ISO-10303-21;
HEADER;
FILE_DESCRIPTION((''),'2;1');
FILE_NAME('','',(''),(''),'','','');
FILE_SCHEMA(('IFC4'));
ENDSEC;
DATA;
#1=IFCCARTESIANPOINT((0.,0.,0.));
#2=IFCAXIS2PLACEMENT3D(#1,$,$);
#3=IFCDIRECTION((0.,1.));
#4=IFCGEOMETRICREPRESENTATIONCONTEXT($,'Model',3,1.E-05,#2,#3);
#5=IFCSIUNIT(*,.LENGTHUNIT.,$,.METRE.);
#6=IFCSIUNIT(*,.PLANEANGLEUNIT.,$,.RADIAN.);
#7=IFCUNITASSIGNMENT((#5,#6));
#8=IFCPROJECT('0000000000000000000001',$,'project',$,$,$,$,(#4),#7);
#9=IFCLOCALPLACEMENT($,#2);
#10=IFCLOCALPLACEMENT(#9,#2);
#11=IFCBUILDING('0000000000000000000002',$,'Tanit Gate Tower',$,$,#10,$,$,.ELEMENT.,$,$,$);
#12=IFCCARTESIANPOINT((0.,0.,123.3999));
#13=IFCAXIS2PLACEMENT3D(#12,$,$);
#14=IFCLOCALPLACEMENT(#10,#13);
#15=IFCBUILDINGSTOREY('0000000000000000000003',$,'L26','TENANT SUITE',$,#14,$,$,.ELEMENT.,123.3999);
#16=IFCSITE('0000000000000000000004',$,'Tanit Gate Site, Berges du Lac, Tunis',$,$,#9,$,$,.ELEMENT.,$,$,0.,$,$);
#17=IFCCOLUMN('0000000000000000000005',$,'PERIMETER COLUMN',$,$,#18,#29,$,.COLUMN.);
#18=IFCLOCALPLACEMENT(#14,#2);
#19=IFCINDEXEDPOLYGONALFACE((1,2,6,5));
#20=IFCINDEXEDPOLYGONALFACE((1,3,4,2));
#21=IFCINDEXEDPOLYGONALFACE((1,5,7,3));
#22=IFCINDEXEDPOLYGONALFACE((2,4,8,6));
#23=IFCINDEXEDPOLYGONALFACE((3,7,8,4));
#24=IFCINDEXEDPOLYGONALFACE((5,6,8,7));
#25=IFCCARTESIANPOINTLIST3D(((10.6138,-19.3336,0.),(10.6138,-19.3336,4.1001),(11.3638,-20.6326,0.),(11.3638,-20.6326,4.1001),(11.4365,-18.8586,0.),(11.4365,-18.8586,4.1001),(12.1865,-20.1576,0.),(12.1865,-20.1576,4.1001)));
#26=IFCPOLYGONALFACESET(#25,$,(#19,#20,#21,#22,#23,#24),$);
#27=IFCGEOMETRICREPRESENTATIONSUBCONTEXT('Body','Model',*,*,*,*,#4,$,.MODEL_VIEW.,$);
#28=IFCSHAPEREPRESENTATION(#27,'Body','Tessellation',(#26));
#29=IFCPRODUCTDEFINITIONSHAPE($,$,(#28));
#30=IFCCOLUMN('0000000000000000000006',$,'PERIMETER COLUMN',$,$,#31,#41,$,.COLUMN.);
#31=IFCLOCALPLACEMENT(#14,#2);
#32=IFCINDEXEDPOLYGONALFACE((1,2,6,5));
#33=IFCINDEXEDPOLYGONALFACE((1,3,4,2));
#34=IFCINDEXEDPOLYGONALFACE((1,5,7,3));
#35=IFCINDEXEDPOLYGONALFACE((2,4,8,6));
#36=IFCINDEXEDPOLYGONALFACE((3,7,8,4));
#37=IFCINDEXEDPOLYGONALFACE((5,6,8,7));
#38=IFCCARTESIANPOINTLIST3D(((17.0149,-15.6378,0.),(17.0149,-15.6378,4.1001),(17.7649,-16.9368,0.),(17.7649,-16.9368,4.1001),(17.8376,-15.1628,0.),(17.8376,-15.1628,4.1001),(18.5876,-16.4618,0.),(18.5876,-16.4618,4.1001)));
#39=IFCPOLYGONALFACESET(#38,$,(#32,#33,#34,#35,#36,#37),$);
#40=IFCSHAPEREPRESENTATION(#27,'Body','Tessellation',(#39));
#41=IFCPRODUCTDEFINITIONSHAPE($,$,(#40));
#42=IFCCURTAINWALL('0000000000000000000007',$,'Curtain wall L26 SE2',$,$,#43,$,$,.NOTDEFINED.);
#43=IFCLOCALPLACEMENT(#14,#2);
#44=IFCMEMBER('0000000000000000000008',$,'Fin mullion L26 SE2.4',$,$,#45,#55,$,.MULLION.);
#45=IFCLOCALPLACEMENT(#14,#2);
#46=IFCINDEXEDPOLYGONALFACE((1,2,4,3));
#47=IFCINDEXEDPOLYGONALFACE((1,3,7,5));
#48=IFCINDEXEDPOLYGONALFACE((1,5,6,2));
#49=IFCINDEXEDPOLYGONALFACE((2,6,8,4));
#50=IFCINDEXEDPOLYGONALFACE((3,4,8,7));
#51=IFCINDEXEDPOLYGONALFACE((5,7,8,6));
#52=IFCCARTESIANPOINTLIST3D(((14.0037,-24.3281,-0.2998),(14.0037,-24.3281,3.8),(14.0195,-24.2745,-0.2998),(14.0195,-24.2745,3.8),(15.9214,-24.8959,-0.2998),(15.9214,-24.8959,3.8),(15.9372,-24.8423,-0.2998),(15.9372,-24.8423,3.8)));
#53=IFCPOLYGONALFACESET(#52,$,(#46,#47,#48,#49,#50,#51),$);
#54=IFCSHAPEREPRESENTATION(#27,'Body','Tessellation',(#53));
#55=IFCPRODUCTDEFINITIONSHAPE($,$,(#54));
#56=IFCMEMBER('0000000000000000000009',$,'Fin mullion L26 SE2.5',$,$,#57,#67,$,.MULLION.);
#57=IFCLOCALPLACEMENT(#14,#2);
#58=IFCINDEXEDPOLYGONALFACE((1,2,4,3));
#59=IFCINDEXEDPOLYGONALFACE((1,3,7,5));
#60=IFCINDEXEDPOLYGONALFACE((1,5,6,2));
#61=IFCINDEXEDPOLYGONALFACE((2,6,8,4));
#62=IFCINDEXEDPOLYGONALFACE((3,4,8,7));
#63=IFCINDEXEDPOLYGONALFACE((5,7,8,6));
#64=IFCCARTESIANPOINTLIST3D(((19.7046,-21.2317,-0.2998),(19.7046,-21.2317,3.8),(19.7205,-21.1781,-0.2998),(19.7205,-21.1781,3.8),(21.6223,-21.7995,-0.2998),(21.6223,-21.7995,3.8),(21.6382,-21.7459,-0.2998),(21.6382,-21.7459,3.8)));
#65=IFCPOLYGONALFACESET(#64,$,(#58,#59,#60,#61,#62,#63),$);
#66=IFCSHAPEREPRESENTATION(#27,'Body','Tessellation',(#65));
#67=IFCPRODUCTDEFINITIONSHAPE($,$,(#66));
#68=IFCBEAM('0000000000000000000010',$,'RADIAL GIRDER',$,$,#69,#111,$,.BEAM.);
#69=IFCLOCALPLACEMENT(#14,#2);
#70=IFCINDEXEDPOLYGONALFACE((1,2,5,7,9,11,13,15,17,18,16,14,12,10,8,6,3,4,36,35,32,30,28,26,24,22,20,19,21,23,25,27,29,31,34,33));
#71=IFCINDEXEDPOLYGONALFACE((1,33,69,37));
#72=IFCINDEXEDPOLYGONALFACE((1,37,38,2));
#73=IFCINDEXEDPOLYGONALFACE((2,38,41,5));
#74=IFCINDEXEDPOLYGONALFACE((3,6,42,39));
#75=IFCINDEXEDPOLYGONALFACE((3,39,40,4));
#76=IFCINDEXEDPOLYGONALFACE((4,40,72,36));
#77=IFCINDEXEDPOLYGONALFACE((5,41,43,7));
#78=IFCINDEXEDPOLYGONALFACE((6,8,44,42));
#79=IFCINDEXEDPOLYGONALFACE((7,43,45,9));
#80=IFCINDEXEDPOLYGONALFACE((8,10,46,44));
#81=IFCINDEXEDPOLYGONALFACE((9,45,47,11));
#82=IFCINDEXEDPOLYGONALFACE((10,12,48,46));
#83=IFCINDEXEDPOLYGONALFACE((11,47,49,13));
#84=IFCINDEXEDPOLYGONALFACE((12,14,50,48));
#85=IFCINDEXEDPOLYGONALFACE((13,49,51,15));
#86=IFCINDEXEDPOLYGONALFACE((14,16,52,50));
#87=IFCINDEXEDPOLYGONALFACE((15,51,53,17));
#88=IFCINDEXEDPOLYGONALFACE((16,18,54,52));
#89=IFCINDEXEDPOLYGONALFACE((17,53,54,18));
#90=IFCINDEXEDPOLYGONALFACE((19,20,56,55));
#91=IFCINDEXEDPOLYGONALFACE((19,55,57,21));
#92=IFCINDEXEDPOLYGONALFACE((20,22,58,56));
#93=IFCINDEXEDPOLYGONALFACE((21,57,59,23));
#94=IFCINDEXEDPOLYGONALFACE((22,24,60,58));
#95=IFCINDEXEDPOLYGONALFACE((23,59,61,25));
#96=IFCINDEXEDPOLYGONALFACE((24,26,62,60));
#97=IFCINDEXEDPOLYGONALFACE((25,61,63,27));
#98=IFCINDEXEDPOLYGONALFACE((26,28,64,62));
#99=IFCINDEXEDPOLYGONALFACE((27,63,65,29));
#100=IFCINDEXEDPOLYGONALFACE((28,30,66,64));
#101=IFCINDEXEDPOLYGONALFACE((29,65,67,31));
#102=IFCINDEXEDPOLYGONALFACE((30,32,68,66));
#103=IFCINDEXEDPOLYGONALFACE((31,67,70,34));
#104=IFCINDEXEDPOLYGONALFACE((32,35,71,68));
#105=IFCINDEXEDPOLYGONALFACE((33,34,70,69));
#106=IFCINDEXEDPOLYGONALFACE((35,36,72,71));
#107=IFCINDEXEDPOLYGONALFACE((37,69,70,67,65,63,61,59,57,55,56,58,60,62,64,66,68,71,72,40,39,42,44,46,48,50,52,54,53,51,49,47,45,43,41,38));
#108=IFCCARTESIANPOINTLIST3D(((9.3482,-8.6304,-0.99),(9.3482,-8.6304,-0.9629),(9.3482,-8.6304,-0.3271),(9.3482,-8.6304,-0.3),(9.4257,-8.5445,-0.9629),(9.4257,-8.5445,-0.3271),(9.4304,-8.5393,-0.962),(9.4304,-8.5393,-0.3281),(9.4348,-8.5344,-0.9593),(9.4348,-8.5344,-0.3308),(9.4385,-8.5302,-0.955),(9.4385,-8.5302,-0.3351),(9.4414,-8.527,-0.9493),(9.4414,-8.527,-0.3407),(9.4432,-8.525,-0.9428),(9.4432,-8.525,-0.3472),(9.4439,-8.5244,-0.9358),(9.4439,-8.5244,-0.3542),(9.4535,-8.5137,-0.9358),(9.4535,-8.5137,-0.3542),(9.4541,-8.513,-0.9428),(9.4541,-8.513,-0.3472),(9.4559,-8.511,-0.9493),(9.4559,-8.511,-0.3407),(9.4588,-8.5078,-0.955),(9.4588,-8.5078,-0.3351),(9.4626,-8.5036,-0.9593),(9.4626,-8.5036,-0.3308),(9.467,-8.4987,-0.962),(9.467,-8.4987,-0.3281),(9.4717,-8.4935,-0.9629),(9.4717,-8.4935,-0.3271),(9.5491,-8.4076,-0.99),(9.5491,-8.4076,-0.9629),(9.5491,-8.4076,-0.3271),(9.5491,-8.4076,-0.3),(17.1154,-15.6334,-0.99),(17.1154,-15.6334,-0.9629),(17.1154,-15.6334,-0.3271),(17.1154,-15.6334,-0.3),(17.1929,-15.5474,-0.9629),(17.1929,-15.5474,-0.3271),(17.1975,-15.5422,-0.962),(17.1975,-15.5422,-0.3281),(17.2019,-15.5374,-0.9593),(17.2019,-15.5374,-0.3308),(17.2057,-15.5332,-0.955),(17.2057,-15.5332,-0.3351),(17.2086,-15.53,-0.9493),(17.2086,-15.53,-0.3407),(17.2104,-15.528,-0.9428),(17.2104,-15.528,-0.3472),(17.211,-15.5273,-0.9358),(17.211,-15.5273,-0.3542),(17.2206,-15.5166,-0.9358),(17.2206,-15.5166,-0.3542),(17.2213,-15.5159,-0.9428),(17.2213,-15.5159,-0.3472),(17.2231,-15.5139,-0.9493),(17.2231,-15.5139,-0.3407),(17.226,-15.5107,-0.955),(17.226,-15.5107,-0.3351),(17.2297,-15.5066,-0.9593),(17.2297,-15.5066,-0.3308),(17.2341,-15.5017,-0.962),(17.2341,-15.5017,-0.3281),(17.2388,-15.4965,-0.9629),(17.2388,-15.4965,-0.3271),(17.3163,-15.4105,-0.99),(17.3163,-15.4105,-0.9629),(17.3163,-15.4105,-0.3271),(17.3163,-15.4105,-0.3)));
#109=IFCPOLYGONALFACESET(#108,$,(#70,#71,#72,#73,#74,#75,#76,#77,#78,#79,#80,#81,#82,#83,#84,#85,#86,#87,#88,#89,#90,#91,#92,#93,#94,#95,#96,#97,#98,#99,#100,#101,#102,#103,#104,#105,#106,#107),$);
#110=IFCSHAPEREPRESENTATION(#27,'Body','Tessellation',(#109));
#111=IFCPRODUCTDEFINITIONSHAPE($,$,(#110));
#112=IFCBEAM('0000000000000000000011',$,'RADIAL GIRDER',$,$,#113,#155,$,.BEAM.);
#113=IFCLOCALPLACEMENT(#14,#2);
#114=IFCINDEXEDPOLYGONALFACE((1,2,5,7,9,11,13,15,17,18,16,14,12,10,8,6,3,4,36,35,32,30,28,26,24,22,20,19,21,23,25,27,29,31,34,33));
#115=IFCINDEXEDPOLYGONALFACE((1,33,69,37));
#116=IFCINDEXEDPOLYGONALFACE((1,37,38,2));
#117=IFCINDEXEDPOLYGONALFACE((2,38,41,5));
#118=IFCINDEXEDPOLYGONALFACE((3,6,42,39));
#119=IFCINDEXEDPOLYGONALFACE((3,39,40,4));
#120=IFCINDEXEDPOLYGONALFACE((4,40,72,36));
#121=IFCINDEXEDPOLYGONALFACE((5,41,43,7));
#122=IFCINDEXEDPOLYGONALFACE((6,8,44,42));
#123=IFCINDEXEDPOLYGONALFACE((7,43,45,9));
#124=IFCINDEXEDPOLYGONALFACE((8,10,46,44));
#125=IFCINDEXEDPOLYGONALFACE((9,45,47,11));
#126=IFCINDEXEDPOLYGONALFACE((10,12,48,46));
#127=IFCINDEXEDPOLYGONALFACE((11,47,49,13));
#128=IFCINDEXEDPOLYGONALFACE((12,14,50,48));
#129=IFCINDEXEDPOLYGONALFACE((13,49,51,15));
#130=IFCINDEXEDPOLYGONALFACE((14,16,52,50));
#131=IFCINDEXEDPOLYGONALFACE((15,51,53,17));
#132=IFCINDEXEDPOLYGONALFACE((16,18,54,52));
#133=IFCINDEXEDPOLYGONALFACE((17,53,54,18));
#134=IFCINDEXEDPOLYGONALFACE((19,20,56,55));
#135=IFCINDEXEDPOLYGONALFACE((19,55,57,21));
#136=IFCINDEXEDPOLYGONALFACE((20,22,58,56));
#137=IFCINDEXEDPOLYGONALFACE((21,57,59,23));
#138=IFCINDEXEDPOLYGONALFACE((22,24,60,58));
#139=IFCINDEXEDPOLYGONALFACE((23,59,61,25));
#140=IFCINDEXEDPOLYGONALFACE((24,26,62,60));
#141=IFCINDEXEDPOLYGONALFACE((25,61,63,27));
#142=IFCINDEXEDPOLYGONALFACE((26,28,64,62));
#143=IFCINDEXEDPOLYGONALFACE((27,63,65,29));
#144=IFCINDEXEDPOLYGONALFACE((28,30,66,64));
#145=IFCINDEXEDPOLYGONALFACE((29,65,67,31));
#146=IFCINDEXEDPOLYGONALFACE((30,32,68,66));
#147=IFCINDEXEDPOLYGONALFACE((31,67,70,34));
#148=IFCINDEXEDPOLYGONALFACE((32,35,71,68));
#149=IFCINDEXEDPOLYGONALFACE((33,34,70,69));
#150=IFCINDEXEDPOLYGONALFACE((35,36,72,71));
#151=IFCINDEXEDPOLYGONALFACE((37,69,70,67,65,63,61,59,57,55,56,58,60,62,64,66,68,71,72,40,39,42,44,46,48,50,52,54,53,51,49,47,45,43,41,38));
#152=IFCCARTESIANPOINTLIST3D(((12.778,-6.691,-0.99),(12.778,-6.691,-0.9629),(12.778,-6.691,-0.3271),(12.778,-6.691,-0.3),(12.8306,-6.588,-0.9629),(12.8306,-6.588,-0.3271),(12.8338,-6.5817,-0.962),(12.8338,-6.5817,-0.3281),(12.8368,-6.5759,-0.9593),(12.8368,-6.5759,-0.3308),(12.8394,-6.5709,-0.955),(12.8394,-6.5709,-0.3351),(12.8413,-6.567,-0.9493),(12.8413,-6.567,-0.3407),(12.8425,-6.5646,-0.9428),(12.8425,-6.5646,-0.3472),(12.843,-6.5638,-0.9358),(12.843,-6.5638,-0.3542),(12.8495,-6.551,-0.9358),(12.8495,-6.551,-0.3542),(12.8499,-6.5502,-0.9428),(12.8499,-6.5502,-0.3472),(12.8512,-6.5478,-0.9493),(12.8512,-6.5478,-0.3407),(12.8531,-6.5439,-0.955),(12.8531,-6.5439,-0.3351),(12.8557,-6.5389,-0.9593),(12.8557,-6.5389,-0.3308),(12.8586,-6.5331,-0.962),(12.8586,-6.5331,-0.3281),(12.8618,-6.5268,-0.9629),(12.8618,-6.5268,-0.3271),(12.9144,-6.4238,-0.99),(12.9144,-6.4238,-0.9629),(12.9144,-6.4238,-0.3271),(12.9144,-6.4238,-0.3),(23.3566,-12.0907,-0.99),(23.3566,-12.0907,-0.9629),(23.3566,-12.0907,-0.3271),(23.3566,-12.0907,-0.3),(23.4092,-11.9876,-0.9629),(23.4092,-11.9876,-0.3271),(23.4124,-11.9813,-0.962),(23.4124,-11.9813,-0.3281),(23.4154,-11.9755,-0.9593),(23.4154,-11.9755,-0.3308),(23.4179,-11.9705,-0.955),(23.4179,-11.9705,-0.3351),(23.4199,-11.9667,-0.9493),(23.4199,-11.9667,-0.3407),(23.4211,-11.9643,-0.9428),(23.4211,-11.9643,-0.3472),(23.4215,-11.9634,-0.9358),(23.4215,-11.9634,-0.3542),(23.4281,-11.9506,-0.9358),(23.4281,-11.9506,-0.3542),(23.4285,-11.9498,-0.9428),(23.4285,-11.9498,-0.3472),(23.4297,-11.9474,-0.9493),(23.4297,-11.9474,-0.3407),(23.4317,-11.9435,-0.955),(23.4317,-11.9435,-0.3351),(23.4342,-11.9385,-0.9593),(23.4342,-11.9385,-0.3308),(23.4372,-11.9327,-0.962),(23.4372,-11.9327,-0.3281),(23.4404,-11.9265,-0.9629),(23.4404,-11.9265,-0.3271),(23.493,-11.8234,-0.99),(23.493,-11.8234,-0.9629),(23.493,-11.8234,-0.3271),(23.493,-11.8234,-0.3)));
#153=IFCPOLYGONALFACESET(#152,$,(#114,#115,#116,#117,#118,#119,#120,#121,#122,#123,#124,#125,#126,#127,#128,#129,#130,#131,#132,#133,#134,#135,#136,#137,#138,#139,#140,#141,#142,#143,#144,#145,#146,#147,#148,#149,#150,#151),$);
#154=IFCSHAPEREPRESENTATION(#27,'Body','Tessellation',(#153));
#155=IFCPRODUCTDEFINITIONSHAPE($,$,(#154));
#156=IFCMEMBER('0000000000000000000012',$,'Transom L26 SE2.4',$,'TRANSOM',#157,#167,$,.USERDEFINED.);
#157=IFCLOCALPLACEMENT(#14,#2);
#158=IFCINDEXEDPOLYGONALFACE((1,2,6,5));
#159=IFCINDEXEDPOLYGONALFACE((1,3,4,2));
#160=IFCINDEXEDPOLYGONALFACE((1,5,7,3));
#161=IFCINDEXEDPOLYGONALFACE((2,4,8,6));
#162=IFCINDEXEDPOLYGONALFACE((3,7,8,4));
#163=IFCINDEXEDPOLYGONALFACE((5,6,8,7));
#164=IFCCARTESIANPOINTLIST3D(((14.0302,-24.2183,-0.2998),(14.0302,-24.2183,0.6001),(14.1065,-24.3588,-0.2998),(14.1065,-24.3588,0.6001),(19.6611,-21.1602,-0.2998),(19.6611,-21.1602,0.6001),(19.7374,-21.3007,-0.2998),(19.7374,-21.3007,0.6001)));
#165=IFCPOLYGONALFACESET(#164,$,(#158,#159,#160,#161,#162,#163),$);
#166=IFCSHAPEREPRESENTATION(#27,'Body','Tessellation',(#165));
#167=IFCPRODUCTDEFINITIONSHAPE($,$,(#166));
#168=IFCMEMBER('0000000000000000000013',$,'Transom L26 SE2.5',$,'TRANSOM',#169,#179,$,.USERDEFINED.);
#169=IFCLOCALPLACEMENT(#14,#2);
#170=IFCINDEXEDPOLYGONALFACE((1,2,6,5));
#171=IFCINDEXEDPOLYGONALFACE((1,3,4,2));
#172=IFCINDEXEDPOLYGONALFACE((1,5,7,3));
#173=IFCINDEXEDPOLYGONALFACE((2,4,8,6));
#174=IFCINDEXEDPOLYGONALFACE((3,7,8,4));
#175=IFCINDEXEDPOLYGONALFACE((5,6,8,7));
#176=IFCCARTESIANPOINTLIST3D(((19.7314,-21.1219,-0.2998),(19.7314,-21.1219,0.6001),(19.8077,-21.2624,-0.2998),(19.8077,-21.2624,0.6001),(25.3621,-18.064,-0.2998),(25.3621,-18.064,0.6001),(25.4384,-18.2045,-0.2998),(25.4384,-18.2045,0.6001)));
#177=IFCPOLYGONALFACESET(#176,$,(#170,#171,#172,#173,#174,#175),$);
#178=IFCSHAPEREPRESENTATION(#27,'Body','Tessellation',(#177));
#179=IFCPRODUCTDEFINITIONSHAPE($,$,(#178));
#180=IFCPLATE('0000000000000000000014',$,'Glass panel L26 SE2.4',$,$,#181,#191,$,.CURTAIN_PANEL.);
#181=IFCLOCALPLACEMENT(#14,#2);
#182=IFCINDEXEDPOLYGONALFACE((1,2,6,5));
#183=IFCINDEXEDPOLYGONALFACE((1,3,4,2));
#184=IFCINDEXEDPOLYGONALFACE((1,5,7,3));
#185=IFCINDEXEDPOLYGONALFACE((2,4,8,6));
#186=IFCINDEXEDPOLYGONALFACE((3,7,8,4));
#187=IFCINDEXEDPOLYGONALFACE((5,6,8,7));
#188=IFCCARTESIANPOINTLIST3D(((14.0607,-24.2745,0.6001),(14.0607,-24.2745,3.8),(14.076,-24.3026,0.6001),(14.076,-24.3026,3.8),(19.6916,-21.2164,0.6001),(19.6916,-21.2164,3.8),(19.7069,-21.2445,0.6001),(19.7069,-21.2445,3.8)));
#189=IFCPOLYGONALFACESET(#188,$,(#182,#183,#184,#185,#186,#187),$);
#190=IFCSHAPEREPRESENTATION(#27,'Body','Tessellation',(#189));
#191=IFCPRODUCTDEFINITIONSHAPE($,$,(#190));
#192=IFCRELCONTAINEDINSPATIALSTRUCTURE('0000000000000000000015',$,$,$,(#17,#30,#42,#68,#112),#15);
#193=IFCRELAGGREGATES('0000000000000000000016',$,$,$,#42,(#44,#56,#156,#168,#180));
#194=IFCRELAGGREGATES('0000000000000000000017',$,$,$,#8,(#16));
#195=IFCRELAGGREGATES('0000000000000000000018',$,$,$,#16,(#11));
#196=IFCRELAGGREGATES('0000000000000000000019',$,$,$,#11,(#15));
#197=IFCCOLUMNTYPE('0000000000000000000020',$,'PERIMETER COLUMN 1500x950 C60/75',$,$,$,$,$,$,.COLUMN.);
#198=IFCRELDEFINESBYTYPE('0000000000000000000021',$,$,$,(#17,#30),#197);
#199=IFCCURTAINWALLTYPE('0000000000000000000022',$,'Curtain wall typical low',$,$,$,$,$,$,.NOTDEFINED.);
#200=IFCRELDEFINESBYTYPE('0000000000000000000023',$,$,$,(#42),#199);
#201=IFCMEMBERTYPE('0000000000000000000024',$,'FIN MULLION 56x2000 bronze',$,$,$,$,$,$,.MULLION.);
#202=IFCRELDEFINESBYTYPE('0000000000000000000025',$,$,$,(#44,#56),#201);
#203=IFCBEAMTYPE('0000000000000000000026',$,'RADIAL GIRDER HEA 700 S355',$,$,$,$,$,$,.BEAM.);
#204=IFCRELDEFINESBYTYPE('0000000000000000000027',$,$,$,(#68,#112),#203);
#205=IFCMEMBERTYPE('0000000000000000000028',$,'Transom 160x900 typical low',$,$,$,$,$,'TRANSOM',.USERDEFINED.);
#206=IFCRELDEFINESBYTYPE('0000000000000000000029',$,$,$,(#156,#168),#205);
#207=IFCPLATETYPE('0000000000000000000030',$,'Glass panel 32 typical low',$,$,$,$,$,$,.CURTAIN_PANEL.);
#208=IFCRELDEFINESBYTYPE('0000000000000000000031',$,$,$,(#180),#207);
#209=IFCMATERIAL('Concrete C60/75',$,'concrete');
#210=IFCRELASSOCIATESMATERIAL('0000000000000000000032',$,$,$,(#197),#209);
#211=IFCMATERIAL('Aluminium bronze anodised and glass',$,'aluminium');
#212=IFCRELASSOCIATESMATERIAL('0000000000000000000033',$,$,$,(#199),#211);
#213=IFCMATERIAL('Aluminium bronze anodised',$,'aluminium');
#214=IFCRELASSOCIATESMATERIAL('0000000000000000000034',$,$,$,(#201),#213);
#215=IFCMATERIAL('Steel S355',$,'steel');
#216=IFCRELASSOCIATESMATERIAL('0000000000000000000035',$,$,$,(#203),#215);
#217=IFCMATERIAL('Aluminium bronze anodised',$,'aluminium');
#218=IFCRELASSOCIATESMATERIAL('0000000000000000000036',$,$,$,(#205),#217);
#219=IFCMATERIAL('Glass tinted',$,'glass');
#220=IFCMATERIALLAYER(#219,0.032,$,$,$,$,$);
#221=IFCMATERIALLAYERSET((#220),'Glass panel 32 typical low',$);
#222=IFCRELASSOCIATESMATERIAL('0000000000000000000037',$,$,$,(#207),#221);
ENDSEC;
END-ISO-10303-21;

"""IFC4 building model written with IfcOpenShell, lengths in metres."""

from ifc_helpers import new_model, si_unit, direction, frame, origin, origin_2d, place, context, subcontext, project, spatial, rectangle, i_section, extrude, material, layer, layer_set, material_profile, profile_set, type_object, element, aggregate, save


model = new_model("IFC4")

# Units and contexts
model_context = context("Model", 3, precision=1e-05, world=origin(), true_north=direction((0.0, 1.0)))
body_context = subcontext(model_context, "Body", "Model", "MODEL_VIEW")
ifc_project = project(units=[si_unit("LENGTHUNIT", "METRE"), si_unit("PLANEANGLEUNIT", "RADIAN")], contexts=[model_context])

# Site, building, storey
site_placement = place(None, origin())
site = spatial("IfcSite", under=ifc_project, at=site_placement, Name="Tanit Gate Site, Berges du Lac, Tunis", CompositionType="ELEMENT", RefElevation=0.0)
building_placement = place(site_placement, origin())
building = spatial("IfcBuilding", under=site, at=building_placement, Name="Tanit Gate Tower", CompositionType="ELEMENT")
storey_placement = place(building_placement, frame((0.0, 0.0, 123.3999)))
storey = spatial("IfcBuildingStorey", under=building, at=storey_placement, Name="L26", Description="TENANT SUITE", CompositionType="ELEMENT", Elevation=123.3999)

# Columns
ifc_material_1 = material(Name="Concrete C60/75", Category="concrete")
ifc_material_profile_1 = material_profile(ifc_material_1, rectangle(XDim=1.5, YDim=0.95, at=origin_2d()), Name="RC 1500x950")
ifc_profile_set_1 = profile_set([ifc_material_profile_1], Name="Concrete C60/75")
column_type = type_object("IfcColumnType", Name="PERIMETER COLUMN 1500x950 C60/75", PredefinedType="COLUMN", material=ifc_profile_set_1)
for number, where, z_axis, x_axis, name in (
    (1, (11.4001, -19.7456, 0.0), (0.0, 0.0, 1.0), (0.5, -0.866025, 0.0), "PERIMETER COLUMN"),
    (2, (17.8013, -16.0498, 0.0), (0.0, 0.0, 1.0), (0.5, -0.866025, 0.0), "PERIMETER COLUMN"),
):
    element("IfcColumn", number, at=place(storey_placement, frame(where, z_axis=z_axis, x_axis=x_axis)), inside=storey, type_object=column_type, Name=name, PredefinedType="COLUMN", context=body_context, shape_type="SweptSolid", body=[
        extrude(rectangle(XDim=1.5, YDim=0.95, at=origin_2d()), origin(), (0.0, 0.0, 1.0), 4.1001),
    ])

# Curtain wall, members
ifc_material_2 = material(Name="Aluminium bronze anodised and glass", Category="aluminium")
curtain_wall_type = type_object("IfcCurtainWallType", Name="Curtain wall typical low", PredefinedType="NOTDEFINED", material=ifc_material_2)
curtain_wall_placement = place(storey_placement, origin())
curtain_wall = element("IfcCurtainWall", 3, at=curtain_wall_placement, inside=storey, type_object=curtain_wall_type, Name="Curtain wall L26 SE2", PredefinedType="NOTDEFINED")
ifc_material_3 = material(Name="Aluminium bronze anodised", Category="aluminium")
ifc_material_profile_2 = material_profile(ifc_material_3, rectangle(XDim=2.0, YDim=0.0559, at=origin_2d()), Name="56x2000 bronze fin mullion")
ifc_profile_set_2 = profile_set([ifc_material_profile_2], Name="Aluminium bronze anodised")
member_type_1 = type_object("IfcMemberType", Name="FIN MULLION 56x2000 bronze", PredefinedType="MULLION", material=ifc_profile_set_2)
member_1_placement = place(storey_placement, frame((14.9705, -24.5852, -0.2998), z_axis=(0.0, 0.0, 1.0), x_axis=(-0.958852, 0.283906, 0.0)))
member_1 = element("IfcMember", 4, at=member_1_placement, type_object=member_type_1, Name="Fin mullion L26 SE2.4", PredefinedType="MULLION", context=body_context, shape_type="SweptSolid", body=[
    extrude(rectangle(XDim=2.0, YDim=0.0559, at=origin_2d()), origin(), (0.0, 0.0, 1.0), 4.0999),
])
member_2_placement = place(storey_placement, frame((20.6714, -21.4888, -0.2998), z_axis=(0.0, 0.0, 1.0), x_axis=(-0.958852, 0.283906, 0.0)))
member_2 = element("IfcMember", 5, at=member_2_placement, type_object=member_type_1, Name="Fin mullion L26 SE2.5", PredefinedType="MULLION", context=body_context, shape_type="SweptSolid", body=[
    extrude(rectangle(XDim=2.0, YDim=0.0559, at=origin_2d()), origin(), (0.0, 0.0, 1.0), 4.0999),
])

# Beams
ifc_material_4 = material(Name="Steel S355", Category="steel")
ifc_material_profile_3 = material_profile(ifc_material_4, i_section(OverallWidth=0.3, OverallDepth=0.6899, WebThickness=0.0144, FlangeThickness=0.0271, FilletRadius=0.0271, at=origin_2d()), Name="HEA 700")
ifc_profile_set_3 = profile_set([ifc_material_profile_3], Name="Steel S355")
beam_type = type_object("IfcBeamType", Name="RADIAL GIRDER HEA 700 S355", PredefinedType="BEAM", material=ifc_profile_set_3)
beam_1_placement = place(storey_placement, frame((17.2158, -15.522, -0.645), z_axis=(-0.742697, 0.669627, 0.0), x_axis=(-0.669627, -0.742697, 0.0)))
element("IfcBeam", 6, at=beam_1_placement, inside=storey, type_object=beam_type, Name="RADIAL GIRDER", PredefinedType="BEAM", context=body_context, shape_type="SweptSolid", body=[
    extrude(i_section(OverallWidth=0.3, OverallDepth=0.6899, WebThickness=0.0144, FlangeThickness=0.0271, FilletRadius=0.0271, at=origin_2d()), origin(), (0.0, 0.0, 1.0), 10.458),
])
beam_2_placement = place(storey_placement, frame((23.4248, -11.957, -0.645), z_axis=(-0.89068, 0.454631, 0.0), x_axis=(-0.454631, -0.89068, 0.0)))
element("IfcBeam", 7, at=beam_2_placement, inside=storey, type_object=beam_type, Name="RADIAL GIRDER", PredefinedType="BEAM", context=body_context, shape_type="SweptSolid", body=[
    extrude(i_section(OverallWidth=0.3, OverallDepth=0.6899, WebThickness=0.0144, FlangeThickness=0.0271, FilletRadius=0.0271, at=origin_2d()), origin(), (0.0, 0.0, 1.0), 11.877),
])

# Members
ifc_material_5 = material(Name="Aluminium bronze anodised", Category="aluminium")
ifc_material_profile_4 = material_profile(ifc_material_5, rectangle(XDim=0.1599, YDim=0.8999, at=origin_2d()), Name="160x900 bronze transom")
ifc_profile_set_4 = profile_set([ifc_material_profile_4], Name="Aluminium bronze anodised")
member_type_2 = type_object("IfcMemberType", Name="Transom 160x900 typical low", ElementType="TRANSOM", PredefinedType="USERDEFINED", material=ifc_profile_set_4)
member_3_placement = place(storey_placement, frame((14.0684, -24.2886, 0.1501), z_axis=(0.878765, 0.477255, 0.0), x_axis=(-0.477255, 0.878765, 0.0)))
member_3 = element("IfcMember", 8, at=member_3_placement, type_object=member_type_2, Name="Transom L26 SE2.4", ObjectType="TRANSOM", PredefinedType="USERDEFINED", context=body_context, shape_type="SweptSolid", body=[
    extrude(rectangle(XDim=0.1599, YDim=0.8999, at=origin_2d()), origin(), (0.0, 0.0, 1.0), 6.4077),
])
member_4_placement = place(storey_placement, frame((19.7695, -21.1921, 0.1501), z_axis=(0.878772, 0.477242, 0.0), x_axis=(-0.477242, 0.878772, 0.0)))
member_4 = element("IfcMember", 9, at=member_4_placement, type_object=member_type_2, Name="Transom L26 SE2.5", ObjectType="TRANSOM", PredefinedType="USERDEFINED", context=body_context, shape_type="SweptSolid", body=[
    extrude(rectangle(XDim=0.1599, YDim=0.8999, at=origin_2d()), origin(), (0.0, 0.0, 1.0), 6.4075),
])

# Plate
ifc_material_6 = material(Name="Glass tinted", Category="glass")
ifc_layer_1 = layer(ifc_material_6, 0.032)
ifc_layer_set_1 = layer_set([ifc_layer_1], Name="Glass panel 32 typical low")
plate_type = type_object("IfcPlateType", Name="Glass panel 32 typical low", PredefinedType="CURTAIN_PANEL", material=ifc_layer_set_1)
plate_1_placement = place(storey_placement, frame((16.8838, -22.7595, 0.6001), z_axis=(0.0, 0.0, 1.0), x_axis=(0.878762, 0.477259, 0.0)))
plate_1 = element("IfcPlate", 10, at=plate_1_placement, type_object=plate_type, Name="Glass panel L26 SE2.4", PredefinedType="CURTAIN_PANEL", context=body_context, shape_type="SweptSolid", body=[
    extrude(rectangle(XDim=6.4077, YDim=0.032, at=origin_2d()), origin(), (0.0, 0.0, 1.0), 3.2),
])
aggregate(curtain_wall, [member_1, member_2, member_3, member_4, plate_1])

save(model, "model.ifc")
